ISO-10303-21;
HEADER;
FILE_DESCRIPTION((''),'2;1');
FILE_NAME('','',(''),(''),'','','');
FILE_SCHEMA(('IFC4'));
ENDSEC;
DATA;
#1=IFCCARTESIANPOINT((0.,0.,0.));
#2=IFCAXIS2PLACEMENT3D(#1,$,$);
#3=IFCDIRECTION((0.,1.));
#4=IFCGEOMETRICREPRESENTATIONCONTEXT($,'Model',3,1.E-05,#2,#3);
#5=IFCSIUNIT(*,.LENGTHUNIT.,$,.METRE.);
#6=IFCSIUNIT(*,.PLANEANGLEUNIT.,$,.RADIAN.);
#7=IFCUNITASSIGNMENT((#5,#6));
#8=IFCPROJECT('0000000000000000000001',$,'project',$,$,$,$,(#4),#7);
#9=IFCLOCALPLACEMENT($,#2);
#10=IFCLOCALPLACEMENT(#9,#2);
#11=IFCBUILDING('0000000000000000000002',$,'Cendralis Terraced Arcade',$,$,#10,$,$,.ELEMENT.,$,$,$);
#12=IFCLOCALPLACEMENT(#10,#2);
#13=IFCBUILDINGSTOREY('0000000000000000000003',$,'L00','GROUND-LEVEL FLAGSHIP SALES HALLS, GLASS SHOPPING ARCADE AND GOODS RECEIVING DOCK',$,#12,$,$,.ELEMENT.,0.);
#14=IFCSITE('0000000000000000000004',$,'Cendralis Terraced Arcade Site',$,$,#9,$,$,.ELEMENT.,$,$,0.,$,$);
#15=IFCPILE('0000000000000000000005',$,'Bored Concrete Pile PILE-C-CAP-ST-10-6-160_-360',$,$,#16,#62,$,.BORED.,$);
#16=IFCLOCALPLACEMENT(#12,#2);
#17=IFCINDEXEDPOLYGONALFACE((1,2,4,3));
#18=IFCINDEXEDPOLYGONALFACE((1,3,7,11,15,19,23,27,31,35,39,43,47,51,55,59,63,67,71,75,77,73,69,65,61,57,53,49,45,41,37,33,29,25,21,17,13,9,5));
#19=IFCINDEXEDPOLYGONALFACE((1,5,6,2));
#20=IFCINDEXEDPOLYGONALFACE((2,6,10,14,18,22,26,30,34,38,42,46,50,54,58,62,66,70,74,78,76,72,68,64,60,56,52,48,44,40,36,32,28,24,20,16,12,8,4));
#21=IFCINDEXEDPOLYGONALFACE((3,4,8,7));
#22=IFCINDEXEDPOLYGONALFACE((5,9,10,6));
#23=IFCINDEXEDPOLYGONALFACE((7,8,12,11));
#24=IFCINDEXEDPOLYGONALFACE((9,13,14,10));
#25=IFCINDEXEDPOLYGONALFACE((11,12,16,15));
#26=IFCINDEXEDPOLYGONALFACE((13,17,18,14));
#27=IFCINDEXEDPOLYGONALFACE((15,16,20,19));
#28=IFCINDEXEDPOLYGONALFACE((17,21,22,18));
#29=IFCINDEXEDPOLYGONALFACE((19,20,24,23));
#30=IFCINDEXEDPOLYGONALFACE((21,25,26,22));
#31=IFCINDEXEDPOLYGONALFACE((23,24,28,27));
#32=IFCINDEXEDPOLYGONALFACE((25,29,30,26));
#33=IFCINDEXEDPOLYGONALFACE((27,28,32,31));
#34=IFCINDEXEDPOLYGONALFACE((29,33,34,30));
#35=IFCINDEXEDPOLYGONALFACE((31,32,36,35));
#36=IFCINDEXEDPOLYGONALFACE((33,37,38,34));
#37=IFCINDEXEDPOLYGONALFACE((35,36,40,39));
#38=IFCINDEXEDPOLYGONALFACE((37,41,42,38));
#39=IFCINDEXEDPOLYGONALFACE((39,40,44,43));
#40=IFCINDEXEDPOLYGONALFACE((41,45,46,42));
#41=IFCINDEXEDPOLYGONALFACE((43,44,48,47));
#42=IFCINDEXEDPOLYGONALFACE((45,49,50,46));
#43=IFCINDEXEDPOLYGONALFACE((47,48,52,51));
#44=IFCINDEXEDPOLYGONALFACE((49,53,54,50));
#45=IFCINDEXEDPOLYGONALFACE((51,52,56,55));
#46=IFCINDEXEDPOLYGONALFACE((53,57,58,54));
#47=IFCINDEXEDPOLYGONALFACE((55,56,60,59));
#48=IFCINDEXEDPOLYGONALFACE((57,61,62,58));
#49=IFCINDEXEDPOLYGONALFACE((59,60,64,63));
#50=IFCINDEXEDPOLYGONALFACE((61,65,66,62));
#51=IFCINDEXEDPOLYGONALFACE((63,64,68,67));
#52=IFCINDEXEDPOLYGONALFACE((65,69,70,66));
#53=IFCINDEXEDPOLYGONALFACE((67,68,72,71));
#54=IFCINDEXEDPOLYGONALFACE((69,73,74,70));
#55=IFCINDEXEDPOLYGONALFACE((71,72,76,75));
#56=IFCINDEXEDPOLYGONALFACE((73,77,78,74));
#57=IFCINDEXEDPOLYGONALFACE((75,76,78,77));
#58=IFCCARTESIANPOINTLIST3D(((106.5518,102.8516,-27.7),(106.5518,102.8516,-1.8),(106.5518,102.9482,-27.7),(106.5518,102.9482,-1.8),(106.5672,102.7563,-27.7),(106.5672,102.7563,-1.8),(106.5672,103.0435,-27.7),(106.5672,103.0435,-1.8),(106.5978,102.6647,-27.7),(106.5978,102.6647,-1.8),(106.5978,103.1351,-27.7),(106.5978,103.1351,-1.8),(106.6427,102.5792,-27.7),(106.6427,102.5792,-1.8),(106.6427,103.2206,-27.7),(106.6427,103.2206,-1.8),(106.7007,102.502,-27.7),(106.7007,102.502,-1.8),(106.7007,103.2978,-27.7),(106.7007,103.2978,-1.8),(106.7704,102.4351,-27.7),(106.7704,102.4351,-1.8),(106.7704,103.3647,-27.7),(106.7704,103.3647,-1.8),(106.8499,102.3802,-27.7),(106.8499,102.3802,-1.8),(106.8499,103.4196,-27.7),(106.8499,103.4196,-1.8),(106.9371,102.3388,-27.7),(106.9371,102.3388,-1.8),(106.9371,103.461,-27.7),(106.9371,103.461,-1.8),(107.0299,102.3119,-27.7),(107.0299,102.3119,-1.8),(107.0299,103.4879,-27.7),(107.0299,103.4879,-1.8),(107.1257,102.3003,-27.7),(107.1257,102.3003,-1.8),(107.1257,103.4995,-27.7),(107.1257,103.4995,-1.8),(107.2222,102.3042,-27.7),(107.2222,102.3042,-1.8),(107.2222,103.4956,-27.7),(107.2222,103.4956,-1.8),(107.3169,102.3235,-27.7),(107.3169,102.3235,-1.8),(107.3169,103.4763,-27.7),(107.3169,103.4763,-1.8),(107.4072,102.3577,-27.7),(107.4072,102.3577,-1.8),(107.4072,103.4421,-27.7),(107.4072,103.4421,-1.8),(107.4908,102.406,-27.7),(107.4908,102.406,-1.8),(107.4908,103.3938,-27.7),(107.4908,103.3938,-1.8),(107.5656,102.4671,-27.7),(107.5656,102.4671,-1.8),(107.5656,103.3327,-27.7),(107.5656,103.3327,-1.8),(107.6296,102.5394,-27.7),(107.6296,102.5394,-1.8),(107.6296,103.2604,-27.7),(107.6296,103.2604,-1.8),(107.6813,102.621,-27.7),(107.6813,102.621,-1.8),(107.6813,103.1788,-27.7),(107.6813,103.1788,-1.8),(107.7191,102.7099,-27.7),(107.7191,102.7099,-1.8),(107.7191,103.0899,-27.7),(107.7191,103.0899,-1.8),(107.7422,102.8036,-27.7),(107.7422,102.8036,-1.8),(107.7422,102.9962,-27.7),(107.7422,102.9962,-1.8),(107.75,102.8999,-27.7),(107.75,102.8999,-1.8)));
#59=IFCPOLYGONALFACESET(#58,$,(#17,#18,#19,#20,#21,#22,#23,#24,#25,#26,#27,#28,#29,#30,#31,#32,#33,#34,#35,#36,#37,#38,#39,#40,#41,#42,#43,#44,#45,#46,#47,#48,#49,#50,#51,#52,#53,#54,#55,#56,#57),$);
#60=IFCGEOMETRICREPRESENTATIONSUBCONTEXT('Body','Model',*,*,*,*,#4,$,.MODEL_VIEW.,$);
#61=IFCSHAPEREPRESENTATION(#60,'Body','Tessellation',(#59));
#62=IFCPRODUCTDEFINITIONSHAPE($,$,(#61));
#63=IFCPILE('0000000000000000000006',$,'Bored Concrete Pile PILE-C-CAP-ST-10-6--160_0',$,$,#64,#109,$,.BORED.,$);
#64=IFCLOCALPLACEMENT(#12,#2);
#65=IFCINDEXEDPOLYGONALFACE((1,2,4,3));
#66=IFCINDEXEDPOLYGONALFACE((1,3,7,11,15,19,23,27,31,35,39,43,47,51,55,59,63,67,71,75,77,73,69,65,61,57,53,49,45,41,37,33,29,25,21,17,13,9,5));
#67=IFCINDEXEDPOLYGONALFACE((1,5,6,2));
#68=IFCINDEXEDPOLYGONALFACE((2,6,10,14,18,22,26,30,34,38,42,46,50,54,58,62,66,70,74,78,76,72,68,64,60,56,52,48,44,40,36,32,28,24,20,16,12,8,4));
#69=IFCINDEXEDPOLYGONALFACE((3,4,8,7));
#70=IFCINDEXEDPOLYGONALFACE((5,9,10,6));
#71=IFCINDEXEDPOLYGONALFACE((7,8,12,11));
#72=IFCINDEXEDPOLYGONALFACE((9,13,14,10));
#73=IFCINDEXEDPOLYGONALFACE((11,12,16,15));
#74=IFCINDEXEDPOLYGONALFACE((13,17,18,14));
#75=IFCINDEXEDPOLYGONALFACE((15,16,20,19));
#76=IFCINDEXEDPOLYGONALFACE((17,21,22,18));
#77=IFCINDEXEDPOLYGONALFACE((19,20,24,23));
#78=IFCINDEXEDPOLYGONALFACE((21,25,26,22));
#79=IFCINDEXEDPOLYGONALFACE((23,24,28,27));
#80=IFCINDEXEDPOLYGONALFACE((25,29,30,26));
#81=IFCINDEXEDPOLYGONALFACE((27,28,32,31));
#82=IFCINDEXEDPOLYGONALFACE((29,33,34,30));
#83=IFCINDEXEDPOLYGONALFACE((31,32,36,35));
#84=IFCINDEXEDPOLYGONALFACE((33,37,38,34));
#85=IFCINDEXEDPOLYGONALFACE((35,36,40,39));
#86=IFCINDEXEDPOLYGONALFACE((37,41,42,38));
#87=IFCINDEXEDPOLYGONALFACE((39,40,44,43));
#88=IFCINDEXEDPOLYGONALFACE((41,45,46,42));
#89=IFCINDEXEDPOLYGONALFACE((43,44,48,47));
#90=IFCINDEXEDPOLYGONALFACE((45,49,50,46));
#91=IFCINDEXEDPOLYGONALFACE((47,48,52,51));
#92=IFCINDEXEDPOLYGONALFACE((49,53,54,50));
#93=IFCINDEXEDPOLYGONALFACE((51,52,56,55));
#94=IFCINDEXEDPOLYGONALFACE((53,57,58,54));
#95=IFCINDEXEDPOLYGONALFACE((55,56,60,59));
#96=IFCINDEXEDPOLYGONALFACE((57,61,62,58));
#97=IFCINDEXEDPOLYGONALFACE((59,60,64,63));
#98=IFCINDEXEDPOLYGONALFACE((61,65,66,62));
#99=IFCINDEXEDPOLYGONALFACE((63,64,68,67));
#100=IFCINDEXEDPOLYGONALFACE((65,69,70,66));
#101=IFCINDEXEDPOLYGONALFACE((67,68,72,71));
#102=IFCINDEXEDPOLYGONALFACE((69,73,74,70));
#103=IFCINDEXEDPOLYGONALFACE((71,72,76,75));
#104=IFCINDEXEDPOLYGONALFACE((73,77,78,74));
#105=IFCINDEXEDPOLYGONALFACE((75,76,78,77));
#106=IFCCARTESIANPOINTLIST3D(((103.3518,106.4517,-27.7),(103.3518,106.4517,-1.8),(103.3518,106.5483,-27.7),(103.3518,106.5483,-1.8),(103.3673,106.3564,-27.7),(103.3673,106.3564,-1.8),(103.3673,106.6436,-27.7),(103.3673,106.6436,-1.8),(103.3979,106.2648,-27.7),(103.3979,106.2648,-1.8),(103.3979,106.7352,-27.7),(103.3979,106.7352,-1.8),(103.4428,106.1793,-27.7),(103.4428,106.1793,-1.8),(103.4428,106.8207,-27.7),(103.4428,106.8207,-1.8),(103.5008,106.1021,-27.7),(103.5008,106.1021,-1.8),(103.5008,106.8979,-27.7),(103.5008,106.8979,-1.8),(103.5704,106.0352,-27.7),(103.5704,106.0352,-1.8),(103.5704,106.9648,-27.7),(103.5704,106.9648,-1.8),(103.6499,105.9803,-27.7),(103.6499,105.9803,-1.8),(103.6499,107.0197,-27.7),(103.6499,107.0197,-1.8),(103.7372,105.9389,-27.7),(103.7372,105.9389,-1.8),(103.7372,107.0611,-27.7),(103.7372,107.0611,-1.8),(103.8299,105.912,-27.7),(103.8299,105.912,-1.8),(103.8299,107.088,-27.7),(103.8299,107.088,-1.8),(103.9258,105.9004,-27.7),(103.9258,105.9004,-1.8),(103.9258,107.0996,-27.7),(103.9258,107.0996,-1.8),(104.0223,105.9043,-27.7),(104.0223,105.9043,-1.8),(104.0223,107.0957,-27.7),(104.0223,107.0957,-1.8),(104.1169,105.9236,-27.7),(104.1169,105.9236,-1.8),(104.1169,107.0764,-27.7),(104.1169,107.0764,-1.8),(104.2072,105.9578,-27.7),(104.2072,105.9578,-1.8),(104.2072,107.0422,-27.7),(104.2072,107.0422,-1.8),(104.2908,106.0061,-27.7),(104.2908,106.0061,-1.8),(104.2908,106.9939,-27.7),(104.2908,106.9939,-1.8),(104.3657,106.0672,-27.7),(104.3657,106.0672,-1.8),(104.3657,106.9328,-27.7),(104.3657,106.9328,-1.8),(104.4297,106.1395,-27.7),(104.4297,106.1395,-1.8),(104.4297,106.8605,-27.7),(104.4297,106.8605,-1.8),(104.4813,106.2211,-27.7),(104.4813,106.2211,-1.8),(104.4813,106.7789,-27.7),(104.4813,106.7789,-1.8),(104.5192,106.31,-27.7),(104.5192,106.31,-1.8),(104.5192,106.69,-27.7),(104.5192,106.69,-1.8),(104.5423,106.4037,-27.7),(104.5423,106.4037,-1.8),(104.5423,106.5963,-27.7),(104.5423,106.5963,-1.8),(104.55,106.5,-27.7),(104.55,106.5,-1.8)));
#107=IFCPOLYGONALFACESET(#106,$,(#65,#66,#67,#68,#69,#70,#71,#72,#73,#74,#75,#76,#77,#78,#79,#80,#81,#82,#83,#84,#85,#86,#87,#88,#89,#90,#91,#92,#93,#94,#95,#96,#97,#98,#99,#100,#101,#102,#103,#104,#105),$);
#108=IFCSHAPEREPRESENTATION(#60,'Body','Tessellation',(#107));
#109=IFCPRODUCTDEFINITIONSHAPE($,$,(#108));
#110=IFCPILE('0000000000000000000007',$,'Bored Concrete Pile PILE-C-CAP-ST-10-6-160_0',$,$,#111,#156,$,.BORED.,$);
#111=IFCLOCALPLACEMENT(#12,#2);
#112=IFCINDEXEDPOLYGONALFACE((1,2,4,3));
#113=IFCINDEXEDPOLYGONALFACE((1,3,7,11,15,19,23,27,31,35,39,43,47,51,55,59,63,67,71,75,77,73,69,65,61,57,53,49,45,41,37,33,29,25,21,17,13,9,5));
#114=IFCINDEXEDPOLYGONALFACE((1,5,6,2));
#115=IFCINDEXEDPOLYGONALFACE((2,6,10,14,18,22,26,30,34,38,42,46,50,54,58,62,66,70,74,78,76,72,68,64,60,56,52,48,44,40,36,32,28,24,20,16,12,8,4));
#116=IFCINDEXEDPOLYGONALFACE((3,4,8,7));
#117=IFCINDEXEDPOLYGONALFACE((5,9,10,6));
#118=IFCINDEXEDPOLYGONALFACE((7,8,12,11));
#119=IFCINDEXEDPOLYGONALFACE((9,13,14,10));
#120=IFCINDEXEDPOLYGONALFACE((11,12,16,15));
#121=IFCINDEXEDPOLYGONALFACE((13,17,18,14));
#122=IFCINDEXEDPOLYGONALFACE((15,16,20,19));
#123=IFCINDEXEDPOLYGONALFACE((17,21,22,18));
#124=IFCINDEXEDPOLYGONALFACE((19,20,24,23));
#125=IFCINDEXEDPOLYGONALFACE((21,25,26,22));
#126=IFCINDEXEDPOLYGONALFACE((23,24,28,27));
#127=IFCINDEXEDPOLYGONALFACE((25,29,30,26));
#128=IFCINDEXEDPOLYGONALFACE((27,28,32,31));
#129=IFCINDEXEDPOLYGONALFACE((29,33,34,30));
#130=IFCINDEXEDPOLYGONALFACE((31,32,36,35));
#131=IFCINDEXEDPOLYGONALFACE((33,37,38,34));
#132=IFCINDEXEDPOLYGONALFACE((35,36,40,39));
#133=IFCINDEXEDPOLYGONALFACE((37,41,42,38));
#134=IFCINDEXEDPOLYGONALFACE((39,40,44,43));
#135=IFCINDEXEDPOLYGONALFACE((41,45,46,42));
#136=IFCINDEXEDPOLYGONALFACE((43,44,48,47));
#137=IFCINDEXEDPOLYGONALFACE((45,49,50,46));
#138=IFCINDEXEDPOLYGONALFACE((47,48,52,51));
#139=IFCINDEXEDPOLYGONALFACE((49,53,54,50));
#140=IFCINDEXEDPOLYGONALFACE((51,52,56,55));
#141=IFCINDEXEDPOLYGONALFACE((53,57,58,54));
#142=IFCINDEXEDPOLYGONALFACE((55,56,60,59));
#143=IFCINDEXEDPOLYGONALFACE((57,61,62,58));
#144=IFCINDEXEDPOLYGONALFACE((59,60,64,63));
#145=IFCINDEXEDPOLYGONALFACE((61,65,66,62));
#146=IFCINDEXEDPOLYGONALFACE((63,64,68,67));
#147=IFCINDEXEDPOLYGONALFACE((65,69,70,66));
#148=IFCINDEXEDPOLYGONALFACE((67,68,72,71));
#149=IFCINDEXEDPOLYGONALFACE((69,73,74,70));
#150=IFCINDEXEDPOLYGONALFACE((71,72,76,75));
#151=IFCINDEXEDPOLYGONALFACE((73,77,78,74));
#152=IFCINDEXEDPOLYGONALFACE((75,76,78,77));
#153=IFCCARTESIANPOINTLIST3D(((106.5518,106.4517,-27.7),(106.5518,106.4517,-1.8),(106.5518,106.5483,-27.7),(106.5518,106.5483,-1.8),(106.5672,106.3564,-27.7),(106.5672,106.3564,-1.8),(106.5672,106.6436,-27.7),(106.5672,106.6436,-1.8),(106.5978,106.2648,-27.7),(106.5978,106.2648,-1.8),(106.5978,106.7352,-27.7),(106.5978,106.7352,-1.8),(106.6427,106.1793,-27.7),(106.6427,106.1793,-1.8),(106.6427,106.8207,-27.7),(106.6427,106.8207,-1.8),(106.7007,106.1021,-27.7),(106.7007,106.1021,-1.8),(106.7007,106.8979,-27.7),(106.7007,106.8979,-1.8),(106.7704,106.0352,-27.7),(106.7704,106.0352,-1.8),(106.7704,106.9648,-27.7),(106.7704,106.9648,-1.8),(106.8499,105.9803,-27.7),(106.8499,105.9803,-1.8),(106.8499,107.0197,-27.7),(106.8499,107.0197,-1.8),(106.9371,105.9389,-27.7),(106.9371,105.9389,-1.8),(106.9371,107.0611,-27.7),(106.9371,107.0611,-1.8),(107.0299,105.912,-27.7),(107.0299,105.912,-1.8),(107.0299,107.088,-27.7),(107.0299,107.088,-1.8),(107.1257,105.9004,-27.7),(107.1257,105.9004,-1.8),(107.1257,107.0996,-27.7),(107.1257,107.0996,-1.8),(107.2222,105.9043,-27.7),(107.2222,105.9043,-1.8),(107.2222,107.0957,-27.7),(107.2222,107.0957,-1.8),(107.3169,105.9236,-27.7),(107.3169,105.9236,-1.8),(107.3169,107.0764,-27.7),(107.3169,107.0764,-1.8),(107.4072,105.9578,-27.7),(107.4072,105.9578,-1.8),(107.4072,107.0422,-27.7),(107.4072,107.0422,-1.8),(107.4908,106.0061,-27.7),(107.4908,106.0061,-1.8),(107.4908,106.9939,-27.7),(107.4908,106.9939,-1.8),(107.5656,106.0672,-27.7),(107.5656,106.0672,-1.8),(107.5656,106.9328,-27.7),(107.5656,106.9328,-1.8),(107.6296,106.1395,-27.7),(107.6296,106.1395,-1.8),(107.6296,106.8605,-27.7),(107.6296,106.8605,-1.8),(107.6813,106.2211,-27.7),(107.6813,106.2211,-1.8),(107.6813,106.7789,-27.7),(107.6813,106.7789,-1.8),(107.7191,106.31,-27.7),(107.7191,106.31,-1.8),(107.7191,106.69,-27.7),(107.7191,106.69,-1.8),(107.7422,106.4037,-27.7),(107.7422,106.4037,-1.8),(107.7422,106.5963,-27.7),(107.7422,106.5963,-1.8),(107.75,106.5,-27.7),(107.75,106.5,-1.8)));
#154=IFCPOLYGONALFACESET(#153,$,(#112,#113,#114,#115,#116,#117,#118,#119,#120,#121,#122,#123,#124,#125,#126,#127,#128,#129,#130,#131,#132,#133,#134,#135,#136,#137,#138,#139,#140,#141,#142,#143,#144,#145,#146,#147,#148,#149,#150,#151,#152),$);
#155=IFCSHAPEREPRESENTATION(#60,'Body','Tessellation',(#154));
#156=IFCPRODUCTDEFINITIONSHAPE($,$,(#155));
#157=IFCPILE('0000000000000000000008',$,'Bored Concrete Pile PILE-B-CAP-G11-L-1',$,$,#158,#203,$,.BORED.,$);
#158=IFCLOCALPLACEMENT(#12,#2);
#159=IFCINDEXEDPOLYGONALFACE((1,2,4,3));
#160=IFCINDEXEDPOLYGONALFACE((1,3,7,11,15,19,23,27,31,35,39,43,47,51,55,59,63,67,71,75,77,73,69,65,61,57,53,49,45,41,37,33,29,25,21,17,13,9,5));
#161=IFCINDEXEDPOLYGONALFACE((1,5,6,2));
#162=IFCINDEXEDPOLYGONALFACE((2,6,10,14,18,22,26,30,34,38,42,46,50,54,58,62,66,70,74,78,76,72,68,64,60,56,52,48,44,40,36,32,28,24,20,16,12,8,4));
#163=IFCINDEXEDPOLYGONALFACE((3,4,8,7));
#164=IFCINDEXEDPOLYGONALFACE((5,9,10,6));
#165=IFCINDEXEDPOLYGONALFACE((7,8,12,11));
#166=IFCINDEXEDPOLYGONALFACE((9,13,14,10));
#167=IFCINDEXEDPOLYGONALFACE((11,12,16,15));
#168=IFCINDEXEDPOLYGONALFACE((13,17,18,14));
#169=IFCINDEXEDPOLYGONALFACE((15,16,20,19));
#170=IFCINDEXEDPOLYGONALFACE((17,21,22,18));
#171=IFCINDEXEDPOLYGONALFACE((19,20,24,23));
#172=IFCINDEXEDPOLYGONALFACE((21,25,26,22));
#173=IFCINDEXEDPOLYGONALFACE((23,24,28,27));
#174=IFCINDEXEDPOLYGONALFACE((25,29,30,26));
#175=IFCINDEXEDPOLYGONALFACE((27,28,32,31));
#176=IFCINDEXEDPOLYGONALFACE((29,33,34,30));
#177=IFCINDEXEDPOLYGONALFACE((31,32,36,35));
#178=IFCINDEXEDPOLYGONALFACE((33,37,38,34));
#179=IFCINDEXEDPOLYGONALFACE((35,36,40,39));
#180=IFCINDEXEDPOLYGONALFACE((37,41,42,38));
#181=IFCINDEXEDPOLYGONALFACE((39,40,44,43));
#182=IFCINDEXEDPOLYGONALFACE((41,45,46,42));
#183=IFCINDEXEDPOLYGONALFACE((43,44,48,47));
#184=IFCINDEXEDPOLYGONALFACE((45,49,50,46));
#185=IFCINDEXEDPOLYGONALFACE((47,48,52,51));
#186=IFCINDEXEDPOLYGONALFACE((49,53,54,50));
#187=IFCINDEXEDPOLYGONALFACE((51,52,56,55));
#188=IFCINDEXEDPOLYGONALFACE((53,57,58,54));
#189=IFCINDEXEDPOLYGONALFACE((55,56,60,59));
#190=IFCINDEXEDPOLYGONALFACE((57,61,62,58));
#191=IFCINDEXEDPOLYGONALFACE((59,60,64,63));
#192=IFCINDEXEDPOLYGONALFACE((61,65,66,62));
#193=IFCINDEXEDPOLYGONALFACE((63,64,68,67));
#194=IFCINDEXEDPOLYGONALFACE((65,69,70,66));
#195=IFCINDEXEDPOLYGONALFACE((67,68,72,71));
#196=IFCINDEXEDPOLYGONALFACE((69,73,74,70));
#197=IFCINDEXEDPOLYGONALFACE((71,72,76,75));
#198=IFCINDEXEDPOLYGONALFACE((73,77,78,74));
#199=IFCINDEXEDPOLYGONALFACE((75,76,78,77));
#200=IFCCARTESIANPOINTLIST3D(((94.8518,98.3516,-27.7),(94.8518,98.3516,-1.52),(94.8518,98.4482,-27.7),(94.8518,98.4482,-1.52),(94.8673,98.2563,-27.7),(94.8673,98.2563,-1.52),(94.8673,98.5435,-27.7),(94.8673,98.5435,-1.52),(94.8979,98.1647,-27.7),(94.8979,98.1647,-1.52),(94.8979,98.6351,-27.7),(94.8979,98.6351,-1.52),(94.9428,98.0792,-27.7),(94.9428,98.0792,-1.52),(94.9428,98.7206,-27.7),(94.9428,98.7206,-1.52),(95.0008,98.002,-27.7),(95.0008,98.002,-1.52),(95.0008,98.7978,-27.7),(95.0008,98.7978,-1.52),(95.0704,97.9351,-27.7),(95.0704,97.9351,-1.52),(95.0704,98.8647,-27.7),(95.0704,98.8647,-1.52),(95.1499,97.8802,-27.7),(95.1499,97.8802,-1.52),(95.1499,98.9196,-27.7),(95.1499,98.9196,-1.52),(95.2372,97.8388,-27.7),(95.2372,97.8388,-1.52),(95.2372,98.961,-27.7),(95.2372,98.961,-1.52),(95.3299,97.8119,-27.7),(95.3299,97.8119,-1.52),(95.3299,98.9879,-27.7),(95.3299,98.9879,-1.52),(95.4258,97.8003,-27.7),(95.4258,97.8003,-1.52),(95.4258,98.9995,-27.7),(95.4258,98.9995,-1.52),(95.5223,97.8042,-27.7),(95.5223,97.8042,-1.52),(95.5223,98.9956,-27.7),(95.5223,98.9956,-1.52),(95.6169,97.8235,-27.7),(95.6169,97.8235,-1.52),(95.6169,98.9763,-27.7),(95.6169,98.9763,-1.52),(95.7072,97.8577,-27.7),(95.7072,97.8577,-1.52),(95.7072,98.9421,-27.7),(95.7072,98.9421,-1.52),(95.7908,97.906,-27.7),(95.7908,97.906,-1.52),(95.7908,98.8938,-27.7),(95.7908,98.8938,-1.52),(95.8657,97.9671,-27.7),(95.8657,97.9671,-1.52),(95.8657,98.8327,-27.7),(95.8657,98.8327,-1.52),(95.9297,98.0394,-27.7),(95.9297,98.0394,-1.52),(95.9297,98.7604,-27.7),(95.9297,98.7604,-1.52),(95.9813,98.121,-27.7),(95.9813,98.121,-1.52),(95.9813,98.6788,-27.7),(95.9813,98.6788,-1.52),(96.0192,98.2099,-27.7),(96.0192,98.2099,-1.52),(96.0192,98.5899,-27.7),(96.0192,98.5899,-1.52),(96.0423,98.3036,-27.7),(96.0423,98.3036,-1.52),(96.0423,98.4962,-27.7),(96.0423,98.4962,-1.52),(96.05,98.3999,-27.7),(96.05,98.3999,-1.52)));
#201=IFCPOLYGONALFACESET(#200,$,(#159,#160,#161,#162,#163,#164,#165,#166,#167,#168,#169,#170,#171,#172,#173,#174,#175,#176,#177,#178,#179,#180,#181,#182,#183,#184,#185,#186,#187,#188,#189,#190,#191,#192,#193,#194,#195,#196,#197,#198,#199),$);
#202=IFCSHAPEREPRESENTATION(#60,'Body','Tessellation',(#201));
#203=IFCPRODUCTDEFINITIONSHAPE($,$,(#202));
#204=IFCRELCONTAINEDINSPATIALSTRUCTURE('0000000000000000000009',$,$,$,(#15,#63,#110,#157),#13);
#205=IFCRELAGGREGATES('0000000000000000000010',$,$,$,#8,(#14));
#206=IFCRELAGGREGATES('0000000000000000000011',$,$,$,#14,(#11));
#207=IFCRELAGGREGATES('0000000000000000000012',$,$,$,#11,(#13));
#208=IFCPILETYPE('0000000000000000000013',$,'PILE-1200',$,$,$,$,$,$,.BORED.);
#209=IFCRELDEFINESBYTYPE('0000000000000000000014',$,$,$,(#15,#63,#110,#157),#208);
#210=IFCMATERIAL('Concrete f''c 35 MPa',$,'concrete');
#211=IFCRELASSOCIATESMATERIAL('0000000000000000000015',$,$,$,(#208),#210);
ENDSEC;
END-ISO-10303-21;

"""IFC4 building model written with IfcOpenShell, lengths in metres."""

from ifc_helpers import new_model, si_unit, direction, frame, origin, origin_2d, place, context, subcontext, project, spatial, circle, extrude, material, material_profile, profile_set, type_object, element, save


model = new_model("IFC4")

# Units and contexts
model_context = context("Model", 3, precision=1e-05, world=origin(), true_north=direction((0.0, 1.0)))
body_context = subcontext(model_context, "Body", "Model", "MODEL_VIEW")
ifc_project = project(units=[si_unit("LENGTHUNIT", "METRE"), si_unit("PLANEANGLEUNIT", "RADIAN")], contexts=[model_context])

# Site, building, storey
site_placement = place(None, origin())
site = spatial("IfcSite", under=ifc_project, at=site_placement, Name="Cendralis Terraced Arcade Site", CompositionType="ELEMENT", RefElevation=0.0)
building_placement = place(site_placement, origin())
building = spatial("IfcBuilding", under=site, at=building_placement, Name="Cendralis Terraced Arcade", CompositionType="ELEMENT")
storey_placement = place(building_placement, origin())
storey = spatial("IfcBuildingStorey", under=building, at=storey_placement, Name="L00", Description="GROUND-LEVEL FLAGSHIP SALES HALLS, GLASS SHOPPING ARCADE AND GOODS RECEIVING DOCK", CompositionType="ELEMENT", Elevation=0.0)

# Shared definitions
ifc_material_1 = material(Name="Concrete f'c 35 MPa", Category="concrete")

# Piles
ifc_material_profile_1 = material_profile(ifc_material_1, circle(Radius=0.6001, at=origin_2d()), Name="PILE-D1200", Category="LoadBearing")
ifc_profile_set_1 = profile_set([ifc_material_profile_1], Name="Concrete f'c 35 MPa")
pile_type_1 = type_object("IfcPileType", Name="PILE-1200", PredefinedType="BORED", material=ifc_profile_set_1)
for number, where, z_axis, x_axis, name in (
    (1, (107.1499, 102.8999, -1.8), (0.0, 0.0, -1.0), (1.0, 0.0, 0.0), "Bored Concrete Pile PILE-C-CAP-ST-10-6-160_-360"),
    (2, (103.95, 106.5, -1.8), (0.0, 0.0, -1.0), (1.0, 0.0, 0.0), "Bored Concrete Pile PILE-C-CAP-ST-10-6--160_0"),
    (3, (107.1499, 106.5, -1.8), (0.0, 0.0, -1.0), (1.0, 0.0, 0.0), "Bored Concrete Pile PILE-C-CAP-ST-10-6-160_0"),
):
    element("IfcPile", number, at=place(storey_placement, frame(where, z_axis=z_axis, x_axis=x_axis)), inside=storey, type_object=pile_type_1, Name=name, PredefinedType="BORED", context=body_context, shape_type="SweptSolid", body=[
        extrude(circle(Radius=0.6001, at=origin_2d()), origin(), (0.0, 0.0, 1.0), 25.8999),
    ])
pile_1_placement = place(storey_placement, frame((95.45, 98.3999, -1.52), z_axis=(0.0, 0.0, -1.0), x_axis=(1.0, 0.0, 0.0)))
element("IfcPile", 4, at=pile_1_placement, inside=storey, type_object=pile_type_1, Name="Bored Concrete Pile PILE-B-CAP-G11-L-1", PredefinedType="BORED", context=body_context, shape_type="SweptSolid", body=[
    extrude(circle(Radius=0.6001, at=origin_2d()), origin(), (0.0, 0.0, 1.0), 26.1799),
])

save(model, "model.ifc")
